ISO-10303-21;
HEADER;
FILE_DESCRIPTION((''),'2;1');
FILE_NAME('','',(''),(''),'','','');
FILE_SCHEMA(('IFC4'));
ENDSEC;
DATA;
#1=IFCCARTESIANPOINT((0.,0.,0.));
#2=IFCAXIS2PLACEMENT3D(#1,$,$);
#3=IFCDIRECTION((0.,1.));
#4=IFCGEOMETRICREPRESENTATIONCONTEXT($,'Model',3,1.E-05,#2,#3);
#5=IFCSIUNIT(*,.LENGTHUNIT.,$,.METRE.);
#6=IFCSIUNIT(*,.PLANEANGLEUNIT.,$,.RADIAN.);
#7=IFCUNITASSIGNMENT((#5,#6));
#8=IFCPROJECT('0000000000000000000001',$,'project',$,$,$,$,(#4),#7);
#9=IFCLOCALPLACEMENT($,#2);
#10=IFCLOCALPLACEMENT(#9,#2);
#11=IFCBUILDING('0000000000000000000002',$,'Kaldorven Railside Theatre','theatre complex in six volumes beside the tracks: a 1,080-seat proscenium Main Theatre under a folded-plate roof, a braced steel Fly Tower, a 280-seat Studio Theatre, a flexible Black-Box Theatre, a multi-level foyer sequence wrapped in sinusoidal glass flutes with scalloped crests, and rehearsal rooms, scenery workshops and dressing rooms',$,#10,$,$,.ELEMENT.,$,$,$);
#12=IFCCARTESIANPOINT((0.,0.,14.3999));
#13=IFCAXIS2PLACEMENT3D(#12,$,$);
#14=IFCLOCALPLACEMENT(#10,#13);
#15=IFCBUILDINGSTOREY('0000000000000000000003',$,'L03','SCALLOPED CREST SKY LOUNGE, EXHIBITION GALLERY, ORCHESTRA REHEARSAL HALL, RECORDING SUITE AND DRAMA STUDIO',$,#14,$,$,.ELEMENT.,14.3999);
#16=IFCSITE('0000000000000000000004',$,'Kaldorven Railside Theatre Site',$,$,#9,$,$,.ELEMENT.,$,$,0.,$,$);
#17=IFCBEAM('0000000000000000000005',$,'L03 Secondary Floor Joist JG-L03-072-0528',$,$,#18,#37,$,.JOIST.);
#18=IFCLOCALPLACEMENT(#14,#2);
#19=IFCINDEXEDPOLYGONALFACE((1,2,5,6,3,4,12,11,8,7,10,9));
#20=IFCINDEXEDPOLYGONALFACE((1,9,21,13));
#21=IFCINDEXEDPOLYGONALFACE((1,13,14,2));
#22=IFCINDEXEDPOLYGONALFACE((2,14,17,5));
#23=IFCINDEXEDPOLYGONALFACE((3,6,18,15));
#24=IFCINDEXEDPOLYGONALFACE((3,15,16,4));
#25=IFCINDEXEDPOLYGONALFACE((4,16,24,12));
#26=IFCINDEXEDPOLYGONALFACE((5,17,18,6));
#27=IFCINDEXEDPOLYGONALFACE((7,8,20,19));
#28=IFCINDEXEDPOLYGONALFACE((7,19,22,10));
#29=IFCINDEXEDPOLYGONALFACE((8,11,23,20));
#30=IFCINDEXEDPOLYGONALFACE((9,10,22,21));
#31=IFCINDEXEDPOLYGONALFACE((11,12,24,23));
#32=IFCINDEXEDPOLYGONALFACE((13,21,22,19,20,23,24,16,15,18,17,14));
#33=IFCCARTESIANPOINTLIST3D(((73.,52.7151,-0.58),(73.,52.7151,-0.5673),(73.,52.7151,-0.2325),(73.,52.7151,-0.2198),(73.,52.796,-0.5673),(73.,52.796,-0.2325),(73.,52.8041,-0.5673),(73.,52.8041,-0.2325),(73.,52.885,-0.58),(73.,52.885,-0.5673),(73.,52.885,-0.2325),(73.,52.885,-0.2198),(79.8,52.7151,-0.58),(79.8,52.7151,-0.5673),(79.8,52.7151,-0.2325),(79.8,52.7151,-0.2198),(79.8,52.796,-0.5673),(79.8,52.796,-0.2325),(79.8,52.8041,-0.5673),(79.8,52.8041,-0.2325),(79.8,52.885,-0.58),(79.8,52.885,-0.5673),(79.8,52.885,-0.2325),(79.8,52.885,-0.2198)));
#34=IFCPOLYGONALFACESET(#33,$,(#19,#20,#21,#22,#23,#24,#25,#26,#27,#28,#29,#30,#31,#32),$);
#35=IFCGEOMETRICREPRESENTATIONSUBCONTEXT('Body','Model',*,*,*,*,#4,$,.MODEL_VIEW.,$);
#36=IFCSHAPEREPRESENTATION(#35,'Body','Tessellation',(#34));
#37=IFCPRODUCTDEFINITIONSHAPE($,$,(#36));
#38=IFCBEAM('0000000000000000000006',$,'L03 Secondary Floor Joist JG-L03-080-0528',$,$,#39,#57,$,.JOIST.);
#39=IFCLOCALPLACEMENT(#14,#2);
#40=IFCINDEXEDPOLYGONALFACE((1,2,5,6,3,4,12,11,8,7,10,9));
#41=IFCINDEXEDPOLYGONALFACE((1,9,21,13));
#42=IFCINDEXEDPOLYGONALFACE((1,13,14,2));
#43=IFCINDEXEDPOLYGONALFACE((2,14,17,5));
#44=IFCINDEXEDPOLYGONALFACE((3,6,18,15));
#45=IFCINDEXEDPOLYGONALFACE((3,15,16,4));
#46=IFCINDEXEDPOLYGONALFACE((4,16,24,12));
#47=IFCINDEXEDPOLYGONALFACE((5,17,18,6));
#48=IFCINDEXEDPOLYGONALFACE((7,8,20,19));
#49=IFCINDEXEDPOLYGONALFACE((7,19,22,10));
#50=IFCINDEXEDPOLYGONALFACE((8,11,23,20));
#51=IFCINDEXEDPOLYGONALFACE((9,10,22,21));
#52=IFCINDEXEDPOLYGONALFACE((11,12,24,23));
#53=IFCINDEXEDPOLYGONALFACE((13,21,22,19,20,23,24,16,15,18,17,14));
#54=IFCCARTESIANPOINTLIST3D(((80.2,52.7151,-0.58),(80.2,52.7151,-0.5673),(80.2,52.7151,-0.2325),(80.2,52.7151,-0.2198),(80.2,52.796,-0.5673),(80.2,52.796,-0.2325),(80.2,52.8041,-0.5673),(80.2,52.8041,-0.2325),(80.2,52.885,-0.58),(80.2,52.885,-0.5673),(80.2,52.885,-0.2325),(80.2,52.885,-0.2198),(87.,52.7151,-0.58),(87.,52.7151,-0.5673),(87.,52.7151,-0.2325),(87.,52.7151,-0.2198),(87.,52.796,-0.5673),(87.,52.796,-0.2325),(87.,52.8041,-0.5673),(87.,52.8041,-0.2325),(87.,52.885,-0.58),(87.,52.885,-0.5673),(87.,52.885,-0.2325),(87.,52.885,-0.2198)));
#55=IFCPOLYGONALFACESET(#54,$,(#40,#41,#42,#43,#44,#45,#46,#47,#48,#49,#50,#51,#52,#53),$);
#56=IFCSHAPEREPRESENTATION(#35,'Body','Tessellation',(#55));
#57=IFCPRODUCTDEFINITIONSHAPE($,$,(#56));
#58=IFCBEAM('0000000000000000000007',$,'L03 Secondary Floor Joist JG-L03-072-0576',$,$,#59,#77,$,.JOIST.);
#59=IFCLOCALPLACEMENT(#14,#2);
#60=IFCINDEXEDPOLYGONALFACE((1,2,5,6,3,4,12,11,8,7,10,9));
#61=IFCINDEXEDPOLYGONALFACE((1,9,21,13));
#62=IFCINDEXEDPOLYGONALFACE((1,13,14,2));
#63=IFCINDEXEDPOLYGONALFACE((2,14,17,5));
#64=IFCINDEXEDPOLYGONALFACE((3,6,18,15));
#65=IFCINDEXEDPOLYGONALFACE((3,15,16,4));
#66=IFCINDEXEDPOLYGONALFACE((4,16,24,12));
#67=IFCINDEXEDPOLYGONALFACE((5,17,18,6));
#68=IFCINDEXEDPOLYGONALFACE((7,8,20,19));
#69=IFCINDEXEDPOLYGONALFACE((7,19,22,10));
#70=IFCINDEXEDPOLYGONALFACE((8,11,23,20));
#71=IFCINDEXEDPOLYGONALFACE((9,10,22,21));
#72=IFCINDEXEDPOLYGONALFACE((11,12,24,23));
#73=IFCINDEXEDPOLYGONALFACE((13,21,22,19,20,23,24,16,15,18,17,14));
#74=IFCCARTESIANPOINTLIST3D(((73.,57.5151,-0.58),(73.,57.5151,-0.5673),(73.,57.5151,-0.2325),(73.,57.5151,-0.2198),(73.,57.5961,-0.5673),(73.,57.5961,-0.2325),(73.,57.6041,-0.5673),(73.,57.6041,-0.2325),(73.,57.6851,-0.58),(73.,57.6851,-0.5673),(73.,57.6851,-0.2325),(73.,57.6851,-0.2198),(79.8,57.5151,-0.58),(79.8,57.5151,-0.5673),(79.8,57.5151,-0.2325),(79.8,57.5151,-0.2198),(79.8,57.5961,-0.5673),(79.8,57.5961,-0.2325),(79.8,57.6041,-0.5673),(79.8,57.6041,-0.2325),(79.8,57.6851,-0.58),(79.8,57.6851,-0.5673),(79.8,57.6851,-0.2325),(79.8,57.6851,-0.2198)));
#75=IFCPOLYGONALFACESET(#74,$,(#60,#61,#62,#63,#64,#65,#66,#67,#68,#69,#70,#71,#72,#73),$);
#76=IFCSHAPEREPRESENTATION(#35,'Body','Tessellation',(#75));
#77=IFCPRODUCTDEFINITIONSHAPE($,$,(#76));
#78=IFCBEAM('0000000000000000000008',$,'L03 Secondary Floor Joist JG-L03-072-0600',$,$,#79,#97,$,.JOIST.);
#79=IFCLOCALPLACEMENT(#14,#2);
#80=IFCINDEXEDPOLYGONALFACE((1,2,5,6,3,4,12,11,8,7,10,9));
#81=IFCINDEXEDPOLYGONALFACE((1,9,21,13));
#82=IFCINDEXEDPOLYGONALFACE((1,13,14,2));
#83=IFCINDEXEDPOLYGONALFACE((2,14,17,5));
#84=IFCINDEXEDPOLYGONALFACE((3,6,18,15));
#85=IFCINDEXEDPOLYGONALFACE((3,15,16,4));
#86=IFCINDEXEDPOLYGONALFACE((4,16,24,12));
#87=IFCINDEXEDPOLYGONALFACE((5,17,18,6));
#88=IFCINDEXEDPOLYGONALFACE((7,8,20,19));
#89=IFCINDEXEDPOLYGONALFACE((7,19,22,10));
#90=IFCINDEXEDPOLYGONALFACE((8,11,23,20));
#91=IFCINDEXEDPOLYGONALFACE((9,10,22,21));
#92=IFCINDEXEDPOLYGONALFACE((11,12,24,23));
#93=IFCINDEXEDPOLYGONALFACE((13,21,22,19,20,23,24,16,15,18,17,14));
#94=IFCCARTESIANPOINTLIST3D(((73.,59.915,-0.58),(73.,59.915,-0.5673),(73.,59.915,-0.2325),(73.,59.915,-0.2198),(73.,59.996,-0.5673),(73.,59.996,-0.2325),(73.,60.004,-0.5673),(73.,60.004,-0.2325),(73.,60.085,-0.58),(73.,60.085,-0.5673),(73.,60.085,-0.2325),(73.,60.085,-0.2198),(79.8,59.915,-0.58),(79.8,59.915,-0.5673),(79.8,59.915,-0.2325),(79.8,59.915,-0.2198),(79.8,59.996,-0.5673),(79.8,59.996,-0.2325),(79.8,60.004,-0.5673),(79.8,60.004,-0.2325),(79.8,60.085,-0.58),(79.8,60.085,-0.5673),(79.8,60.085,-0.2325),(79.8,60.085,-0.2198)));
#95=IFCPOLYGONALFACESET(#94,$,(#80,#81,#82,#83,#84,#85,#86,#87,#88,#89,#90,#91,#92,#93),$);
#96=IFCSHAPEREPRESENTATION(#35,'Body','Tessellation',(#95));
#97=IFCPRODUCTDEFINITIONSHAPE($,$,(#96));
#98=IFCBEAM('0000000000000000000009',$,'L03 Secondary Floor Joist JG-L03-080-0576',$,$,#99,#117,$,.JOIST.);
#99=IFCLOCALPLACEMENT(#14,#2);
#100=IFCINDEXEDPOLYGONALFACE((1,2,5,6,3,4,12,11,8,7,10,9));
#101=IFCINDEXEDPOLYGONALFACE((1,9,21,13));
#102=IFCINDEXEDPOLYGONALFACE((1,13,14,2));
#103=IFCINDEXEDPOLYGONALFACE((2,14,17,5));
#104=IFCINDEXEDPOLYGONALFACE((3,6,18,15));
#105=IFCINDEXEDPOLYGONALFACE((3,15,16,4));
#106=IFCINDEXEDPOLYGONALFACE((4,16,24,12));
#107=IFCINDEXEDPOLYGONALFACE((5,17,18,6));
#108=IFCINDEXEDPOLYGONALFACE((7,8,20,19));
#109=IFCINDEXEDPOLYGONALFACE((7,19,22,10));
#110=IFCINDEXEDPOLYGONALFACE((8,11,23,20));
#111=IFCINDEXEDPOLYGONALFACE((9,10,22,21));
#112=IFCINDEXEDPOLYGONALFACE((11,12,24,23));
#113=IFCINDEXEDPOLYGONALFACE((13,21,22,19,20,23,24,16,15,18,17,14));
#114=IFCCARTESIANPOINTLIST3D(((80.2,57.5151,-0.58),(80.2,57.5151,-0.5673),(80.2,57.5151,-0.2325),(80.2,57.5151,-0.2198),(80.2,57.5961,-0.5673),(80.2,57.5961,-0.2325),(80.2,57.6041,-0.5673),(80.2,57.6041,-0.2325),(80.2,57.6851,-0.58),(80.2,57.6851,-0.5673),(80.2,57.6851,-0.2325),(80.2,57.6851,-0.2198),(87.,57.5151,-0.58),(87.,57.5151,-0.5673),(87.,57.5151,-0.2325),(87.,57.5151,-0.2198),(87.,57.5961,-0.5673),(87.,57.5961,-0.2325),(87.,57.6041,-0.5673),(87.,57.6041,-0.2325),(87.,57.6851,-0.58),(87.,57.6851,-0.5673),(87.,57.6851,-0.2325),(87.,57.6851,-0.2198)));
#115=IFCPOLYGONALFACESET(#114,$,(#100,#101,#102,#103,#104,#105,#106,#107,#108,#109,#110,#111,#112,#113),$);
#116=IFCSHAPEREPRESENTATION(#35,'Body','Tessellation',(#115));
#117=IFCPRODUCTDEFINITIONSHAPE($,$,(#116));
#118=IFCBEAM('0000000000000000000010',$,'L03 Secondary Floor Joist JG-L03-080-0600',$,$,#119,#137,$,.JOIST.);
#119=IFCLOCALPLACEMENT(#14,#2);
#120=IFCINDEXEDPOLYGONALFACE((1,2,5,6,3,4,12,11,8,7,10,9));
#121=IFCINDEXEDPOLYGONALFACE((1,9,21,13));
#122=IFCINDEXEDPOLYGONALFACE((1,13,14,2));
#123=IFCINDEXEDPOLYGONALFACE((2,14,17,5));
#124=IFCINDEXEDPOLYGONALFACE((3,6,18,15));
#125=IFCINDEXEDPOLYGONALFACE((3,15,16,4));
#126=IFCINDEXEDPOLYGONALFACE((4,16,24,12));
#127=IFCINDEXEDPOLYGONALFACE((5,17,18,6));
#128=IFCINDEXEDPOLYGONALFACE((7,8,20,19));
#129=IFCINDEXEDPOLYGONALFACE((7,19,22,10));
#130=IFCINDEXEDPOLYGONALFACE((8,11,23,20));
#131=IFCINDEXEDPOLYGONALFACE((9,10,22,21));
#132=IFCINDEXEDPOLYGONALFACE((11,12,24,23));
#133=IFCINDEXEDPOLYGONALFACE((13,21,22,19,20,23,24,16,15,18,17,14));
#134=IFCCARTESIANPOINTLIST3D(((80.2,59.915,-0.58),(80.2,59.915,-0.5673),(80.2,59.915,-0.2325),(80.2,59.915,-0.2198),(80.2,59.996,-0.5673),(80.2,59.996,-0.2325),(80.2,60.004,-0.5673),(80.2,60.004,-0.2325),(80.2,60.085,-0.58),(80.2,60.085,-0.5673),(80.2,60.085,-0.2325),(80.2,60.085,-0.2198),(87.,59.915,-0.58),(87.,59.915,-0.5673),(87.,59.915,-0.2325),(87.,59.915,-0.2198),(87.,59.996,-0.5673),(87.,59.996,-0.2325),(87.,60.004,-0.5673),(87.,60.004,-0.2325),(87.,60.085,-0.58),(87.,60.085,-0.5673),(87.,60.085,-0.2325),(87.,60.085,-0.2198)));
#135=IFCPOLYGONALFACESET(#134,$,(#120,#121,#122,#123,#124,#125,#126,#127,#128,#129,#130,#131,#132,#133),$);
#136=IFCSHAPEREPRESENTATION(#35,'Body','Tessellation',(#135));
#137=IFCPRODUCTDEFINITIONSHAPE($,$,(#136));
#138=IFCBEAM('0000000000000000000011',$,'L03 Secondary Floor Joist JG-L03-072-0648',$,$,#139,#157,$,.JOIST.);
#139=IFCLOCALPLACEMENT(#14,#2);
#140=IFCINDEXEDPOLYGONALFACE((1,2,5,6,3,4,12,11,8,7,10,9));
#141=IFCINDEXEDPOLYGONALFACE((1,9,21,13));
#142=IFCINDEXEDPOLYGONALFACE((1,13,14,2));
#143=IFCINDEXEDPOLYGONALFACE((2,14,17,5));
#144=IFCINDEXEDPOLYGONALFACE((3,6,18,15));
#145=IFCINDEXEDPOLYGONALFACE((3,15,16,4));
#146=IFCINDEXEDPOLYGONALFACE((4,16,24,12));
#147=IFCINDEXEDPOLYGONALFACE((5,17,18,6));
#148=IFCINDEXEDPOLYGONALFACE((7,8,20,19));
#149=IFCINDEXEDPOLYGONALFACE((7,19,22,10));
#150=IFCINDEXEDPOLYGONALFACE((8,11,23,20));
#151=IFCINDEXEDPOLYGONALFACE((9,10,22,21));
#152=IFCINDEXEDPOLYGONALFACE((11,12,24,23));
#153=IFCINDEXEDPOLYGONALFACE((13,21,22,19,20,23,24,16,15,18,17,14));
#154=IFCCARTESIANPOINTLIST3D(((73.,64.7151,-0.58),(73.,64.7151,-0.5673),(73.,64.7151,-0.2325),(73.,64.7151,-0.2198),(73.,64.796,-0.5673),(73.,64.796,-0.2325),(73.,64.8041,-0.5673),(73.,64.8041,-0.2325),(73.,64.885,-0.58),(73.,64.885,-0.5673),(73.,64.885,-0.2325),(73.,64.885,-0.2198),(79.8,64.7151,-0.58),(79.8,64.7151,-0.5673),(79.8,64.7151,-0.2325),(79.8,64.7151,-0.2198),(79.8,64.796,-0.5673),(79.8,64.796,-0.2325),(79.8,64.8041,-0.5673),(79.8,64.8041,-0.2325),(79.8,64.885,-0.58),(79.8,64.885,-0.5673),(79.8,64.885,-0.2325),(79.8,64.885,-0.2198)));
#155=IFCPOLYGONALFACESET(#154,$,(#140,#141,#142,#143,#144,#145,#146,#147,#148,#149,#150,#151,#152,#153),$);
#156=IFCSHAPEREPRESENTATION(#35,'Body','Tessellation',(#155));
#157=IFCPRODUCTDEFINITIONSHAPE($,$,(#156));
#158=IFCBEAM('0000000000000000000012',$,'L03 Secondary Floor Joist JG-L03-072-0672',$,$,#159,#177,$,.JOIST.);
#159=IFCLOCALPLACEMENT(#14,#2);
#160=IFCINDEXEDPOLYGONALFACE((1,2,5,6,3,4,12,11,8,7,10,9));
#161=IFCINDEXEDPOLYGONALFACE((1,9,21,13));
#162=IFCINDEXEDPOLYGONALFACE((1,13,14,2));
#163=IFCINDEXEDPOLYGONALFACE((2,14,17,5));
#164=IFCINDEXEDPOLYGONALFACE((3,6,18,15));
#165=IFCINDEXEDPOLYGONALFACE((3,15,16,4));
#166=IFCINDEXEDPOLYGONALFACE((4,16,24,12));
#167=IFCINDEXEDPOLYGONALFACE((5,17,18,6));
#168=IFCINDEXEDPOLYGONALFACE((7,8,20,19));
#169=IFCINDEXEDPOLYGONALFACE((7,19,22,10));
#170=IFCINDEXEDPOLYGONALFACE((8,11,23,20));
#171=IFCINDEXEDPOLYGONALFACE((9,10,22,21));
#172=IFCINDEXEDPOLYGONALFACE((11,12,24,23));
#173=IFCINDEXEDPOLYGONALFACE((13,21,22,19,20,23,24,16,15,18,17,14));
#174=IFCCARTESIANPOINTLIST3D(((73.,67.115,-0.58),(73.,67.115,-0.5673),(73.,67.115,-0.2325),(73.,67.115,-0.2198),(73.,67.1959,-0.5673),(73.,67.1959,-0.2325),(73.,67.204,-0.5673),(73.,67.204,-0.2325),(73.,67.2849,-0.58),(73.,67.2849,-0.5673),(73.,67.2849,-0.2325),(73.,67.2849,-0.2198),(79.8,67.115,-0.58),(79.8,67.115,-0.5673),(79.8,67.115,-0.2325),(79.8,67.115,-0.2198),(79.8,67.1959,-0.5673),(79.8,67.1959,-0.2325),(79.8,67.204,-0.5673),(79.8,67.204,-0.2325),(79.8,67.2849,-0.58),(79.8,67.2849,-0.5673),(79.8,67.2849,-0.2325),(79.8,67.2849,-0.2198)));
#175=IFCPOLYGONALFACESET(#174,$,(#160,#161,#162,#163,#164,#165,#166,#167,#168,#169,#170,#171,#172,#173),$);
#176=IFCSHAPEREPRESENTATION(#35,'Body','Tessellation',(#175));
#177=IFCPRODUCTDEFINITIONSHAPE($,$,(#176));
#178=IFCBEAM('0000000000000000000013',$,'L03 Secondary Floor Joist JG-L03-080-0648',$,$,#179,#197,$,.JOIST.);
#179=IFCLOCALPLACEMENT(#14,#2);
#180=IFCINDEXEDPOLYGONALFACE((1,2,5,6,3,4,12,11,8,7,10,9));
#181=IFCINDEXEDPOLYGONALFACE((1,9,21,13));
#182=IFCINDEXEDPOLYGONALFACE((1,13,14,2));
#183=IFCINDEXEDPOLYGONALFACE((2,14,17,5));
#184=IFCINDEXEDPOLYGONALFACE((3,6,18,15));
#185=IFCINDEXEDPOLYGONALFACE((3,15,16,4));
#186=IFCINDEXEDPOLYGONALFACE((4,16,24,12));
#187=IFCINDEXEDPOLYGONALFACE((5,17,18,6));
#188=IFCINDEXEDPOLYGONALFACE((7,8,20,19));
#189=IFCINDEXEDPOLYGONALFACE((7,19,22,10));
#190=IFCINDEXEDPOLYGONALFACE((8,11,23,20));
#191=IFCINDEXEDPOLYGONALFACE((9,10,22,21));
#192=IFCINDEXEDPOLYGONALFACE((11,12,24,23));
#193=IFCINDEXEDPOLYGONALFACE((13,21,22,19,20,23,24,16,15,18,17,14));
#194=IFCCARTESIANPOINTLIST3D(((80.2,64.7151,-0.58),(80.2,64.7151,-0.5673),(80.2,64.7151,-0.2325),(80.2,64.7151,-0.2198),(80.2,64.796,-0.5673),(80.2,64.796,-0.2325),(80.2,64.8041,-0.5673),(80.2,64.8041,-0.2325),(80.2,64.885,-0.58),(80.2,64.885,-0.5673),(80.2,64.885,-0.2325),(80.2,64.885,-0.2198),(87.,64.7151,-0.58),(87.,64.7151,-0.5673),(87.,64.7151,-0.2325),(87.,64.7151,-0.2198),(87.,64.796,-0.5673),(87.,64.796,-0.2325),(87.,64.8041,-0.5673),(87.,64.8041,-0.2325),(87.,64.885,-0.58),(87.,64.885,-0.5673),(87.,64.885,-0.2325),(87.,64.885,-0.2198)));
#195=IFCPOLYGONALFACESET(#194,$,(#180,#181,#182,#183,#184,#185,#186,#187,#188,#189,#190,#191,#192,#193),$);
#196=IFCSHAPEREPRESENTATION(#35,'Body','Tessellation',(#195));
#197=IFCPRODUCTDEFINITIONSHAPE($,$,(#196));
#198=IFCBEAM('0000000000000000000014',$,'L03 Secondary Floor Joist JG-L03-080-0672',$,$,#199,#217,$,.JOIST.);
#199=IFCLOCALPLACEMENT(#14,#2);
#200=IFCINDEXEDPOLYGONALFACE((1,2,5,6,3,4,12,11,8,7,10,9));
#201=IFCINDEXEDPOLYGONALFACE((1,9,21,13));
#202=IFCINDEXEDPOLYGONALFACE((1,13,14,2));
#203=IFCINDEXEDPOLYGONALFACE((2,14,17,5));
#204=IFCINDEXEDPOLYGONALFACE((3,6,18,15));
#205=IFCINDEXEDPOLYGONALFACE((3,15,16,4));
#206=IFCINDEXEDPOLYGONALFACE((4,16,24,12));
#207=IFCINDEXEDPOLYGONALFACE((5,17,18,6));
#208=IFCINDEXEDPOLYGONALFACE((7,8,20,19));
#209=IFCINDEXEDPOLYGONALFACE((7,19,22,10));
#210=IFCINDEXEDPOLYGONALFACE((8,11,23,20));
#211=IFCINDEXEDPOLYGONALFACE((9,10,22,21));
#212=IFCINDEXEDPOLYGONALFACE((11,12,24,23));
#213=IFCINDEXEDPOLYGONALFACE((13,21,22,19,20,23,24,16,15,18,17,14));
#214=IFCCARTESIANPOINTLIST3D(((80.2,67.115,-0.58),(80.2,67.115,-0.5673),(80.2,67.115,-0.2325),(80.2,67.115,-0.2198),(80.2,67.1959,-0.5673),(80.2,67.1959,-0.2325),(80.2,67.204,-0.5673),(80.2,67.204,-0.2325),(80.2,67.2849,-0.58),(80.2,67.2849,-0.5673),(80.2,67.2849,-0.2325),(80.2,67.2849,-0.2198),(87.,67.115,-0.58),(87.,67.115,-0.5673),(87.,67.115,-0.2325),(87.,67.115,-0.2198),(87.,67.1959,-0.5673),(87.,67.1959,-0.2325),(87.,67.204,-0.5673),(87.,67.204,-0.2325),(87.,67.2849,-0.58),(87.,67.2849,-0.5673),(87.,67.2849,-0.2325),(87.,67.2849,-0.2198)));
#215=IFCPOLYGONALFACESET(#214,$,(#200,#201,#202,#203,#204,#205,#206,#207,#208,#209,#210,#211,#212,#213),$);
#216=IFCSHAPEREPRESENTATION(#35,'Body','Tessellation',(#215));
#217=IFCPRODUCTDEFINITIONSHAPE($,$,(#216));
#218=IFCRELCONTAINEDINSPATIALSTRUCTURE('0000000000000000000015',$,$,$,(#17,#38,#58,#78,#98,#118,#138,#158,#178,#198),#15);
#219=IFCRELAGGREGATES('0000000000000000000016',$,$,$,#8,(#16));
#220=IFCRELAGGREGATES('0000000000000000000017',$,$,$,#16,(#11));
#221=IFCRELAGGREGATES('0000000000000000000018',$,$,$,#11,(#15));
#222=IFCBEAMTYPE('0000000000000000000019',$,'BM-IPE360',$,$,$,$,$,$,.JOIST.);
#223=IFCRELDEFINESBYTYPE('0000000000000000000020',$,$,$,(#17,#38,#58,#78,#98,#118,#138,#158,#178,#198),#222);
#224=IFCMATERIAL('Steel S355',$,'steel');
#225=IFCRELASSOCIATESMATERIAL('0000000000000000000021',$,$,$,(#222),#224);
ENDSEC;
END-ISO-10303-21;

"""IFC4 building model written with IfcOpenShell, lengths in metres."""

from ifc_helpers import new_model, si_unit, direction, frame, origin, origin_2d, place, context, subcontext, project, spatial, i_section, extrude, material, material_profile, profile_set, type_object, element, save


model = new_model("IFC4")

# Units and contexts
model_context = context("Model", 3, precision=1e-05, world=origin(), true_north=direction((0.0, 1.0)))
body_context = subcontext(model_context, "Body", "Model", "MODEL_VIEW")
ifc_project = project(units=[si_unit("LENGTHUNIT", "METRE"), si_unit("PLANEANGLEUNIT", "RADIAN")], contexts=[model_context])

# Site, building, storey
site_placement = place(None, origin())
site = spatial("IfcSite", under=ifc_project, at=site_placement, Name="Kaldorven Railside Theatre Site", CompositionType="ELEMENT", RefElevation=0.0)
building_placement = place(site_placement, origin())
building = spatial("IfcBuilding", under=site, at=building_placement, Name="Kaldorven Railside Theatre", Description="theatre complex in six volumes beside the tracks: a 1,080-seat proscenium Main Theatre under a folded-plate roof, a braced steel Fly Tower, a 280-seat Studio Theatre, a flexible Black-Box Theatre, a multi-level foyer sequence wrapped in sinusoidal glass flutes with scalloped crests, and rehearsal rooms, scenery workshops and dressing rooms", CompositionType="ELEMENT")
storey_placement = place(building_placement, frame((0.0, 0.0, 14.3999)))
storey = spatial("IfcBuildingStorey", under=building, at=storey_placement, Name="L03", Description="SCALLOPED CREST SKY LOUNGE, EXHIBITION GALLERY, ORCHESTRA REHEARSAL HALL, RECORDING SUITE AND DRAMA STUDIO", CompositionType="ELEMENT", Elevation=14.3999)

# Beams
ifc_material_1 = material(Name="Steel S355", Category="steel")
ifc_material_profile_1 = material_profile(ifc_material_1, i_section(OverallWidth=0.1699, OverallDepth=0.3601, WebThickness=0.0081, FlangeThickness=0.0127, at=origin_2d()), Name="IPE 360")
ifc_profile_set_1 = profile_set([ifc_material_profile_1], Name="Steel S355")
beam_type_1 = type_object("IfcBeamType", Name="BM-IPE360", PredefinedType="JOIST", material=ifc_profile_set_1)
for number, where, z_axis, x_axis, name in (
    (1, (73.0, 52.8, -0.3999), (1.0, 0.0, 0.0), (0.0, 1.0, 0.0), "L03 Secondary Floor Joist JG-L03-072-0528"),
    (2, (80.2, 52.8, -0.3999), (1.0, 0.0, 0.0), (0.0, 1.0, 0.0), "L03 Secondary Floor Joist JG-L03-080-0528"),
    (3, (73.0, 57.6001, -0.3999), (1.0, 0.0, 0.0), (0.0, 1.0, 0.0), "L03 Secondary Floor Joist JG-L03-072-0576"),
    (4, (73.0, 60.0, -0.3999), (1.0, 0.0, 0.0), (0.0, 1.0, 0.0), "L03 Secondary Floor Joist JG-L03-072-0600"),
    (5, (80.2, 57.6001, -0.3999), (1.0, 0.0, 0.0), (0.0, 1.0, 0.0), "L03 Secondary Floor Joist JG-L03-080-0576"),
    (6, (80.2, 60.0, -0.3999), (1.0, 0.0, 0.0), (0.0, 1.0, 0.0), "L03 Secondary Floor Joist JG-L03-080-0600"),
    (7, (73.0, 64.8, -0.3999), (1.0, 0.0, 0.0), (0.0, 1.0, 0.0), "L03 Secondary Floor Joist JG-L03-072-0648"),
    (8, (73.0, 67.2, -0.3999), (1.0, 0.0, 0.0), (0.0, 1.0, 0.0), "L03 Secondary Floor Joist JG-L03-072-0672"),
    (9, (80.2, 64.8, -0.3999), (1.0, 0.0, 0.0), (0.0, 1.0, 0.0), "L03 Secondary Floor Joist JG-L03-080-0648"),
    (10, (80.2, 67.2, -0.3999), (1.0, 0.0, 0.0), (0.0, 1.0, 0.0), "L03 Secondary Floor Joist JG-L03-080-0672"),
):
    element("IfcBeam", number, at=place(storey_placement, frame(where, z_axis=z_axis, x_axis=x_axis)), inside=storey, type_object=beam_type_1, Name=name, PredefinedType="JOIST", context=body_context, shape_type="SweptSolid", body=[
        extrude(i_section(OverallWidth=0.1699, OverallDepth=0.3601, WebThickness=0.0081, FlangeThickness=0.0127, at=origin_2d()), origin(), (0.0, 0.0, 1.0), 6.8),
    ])

save(model, "model.ifc")
